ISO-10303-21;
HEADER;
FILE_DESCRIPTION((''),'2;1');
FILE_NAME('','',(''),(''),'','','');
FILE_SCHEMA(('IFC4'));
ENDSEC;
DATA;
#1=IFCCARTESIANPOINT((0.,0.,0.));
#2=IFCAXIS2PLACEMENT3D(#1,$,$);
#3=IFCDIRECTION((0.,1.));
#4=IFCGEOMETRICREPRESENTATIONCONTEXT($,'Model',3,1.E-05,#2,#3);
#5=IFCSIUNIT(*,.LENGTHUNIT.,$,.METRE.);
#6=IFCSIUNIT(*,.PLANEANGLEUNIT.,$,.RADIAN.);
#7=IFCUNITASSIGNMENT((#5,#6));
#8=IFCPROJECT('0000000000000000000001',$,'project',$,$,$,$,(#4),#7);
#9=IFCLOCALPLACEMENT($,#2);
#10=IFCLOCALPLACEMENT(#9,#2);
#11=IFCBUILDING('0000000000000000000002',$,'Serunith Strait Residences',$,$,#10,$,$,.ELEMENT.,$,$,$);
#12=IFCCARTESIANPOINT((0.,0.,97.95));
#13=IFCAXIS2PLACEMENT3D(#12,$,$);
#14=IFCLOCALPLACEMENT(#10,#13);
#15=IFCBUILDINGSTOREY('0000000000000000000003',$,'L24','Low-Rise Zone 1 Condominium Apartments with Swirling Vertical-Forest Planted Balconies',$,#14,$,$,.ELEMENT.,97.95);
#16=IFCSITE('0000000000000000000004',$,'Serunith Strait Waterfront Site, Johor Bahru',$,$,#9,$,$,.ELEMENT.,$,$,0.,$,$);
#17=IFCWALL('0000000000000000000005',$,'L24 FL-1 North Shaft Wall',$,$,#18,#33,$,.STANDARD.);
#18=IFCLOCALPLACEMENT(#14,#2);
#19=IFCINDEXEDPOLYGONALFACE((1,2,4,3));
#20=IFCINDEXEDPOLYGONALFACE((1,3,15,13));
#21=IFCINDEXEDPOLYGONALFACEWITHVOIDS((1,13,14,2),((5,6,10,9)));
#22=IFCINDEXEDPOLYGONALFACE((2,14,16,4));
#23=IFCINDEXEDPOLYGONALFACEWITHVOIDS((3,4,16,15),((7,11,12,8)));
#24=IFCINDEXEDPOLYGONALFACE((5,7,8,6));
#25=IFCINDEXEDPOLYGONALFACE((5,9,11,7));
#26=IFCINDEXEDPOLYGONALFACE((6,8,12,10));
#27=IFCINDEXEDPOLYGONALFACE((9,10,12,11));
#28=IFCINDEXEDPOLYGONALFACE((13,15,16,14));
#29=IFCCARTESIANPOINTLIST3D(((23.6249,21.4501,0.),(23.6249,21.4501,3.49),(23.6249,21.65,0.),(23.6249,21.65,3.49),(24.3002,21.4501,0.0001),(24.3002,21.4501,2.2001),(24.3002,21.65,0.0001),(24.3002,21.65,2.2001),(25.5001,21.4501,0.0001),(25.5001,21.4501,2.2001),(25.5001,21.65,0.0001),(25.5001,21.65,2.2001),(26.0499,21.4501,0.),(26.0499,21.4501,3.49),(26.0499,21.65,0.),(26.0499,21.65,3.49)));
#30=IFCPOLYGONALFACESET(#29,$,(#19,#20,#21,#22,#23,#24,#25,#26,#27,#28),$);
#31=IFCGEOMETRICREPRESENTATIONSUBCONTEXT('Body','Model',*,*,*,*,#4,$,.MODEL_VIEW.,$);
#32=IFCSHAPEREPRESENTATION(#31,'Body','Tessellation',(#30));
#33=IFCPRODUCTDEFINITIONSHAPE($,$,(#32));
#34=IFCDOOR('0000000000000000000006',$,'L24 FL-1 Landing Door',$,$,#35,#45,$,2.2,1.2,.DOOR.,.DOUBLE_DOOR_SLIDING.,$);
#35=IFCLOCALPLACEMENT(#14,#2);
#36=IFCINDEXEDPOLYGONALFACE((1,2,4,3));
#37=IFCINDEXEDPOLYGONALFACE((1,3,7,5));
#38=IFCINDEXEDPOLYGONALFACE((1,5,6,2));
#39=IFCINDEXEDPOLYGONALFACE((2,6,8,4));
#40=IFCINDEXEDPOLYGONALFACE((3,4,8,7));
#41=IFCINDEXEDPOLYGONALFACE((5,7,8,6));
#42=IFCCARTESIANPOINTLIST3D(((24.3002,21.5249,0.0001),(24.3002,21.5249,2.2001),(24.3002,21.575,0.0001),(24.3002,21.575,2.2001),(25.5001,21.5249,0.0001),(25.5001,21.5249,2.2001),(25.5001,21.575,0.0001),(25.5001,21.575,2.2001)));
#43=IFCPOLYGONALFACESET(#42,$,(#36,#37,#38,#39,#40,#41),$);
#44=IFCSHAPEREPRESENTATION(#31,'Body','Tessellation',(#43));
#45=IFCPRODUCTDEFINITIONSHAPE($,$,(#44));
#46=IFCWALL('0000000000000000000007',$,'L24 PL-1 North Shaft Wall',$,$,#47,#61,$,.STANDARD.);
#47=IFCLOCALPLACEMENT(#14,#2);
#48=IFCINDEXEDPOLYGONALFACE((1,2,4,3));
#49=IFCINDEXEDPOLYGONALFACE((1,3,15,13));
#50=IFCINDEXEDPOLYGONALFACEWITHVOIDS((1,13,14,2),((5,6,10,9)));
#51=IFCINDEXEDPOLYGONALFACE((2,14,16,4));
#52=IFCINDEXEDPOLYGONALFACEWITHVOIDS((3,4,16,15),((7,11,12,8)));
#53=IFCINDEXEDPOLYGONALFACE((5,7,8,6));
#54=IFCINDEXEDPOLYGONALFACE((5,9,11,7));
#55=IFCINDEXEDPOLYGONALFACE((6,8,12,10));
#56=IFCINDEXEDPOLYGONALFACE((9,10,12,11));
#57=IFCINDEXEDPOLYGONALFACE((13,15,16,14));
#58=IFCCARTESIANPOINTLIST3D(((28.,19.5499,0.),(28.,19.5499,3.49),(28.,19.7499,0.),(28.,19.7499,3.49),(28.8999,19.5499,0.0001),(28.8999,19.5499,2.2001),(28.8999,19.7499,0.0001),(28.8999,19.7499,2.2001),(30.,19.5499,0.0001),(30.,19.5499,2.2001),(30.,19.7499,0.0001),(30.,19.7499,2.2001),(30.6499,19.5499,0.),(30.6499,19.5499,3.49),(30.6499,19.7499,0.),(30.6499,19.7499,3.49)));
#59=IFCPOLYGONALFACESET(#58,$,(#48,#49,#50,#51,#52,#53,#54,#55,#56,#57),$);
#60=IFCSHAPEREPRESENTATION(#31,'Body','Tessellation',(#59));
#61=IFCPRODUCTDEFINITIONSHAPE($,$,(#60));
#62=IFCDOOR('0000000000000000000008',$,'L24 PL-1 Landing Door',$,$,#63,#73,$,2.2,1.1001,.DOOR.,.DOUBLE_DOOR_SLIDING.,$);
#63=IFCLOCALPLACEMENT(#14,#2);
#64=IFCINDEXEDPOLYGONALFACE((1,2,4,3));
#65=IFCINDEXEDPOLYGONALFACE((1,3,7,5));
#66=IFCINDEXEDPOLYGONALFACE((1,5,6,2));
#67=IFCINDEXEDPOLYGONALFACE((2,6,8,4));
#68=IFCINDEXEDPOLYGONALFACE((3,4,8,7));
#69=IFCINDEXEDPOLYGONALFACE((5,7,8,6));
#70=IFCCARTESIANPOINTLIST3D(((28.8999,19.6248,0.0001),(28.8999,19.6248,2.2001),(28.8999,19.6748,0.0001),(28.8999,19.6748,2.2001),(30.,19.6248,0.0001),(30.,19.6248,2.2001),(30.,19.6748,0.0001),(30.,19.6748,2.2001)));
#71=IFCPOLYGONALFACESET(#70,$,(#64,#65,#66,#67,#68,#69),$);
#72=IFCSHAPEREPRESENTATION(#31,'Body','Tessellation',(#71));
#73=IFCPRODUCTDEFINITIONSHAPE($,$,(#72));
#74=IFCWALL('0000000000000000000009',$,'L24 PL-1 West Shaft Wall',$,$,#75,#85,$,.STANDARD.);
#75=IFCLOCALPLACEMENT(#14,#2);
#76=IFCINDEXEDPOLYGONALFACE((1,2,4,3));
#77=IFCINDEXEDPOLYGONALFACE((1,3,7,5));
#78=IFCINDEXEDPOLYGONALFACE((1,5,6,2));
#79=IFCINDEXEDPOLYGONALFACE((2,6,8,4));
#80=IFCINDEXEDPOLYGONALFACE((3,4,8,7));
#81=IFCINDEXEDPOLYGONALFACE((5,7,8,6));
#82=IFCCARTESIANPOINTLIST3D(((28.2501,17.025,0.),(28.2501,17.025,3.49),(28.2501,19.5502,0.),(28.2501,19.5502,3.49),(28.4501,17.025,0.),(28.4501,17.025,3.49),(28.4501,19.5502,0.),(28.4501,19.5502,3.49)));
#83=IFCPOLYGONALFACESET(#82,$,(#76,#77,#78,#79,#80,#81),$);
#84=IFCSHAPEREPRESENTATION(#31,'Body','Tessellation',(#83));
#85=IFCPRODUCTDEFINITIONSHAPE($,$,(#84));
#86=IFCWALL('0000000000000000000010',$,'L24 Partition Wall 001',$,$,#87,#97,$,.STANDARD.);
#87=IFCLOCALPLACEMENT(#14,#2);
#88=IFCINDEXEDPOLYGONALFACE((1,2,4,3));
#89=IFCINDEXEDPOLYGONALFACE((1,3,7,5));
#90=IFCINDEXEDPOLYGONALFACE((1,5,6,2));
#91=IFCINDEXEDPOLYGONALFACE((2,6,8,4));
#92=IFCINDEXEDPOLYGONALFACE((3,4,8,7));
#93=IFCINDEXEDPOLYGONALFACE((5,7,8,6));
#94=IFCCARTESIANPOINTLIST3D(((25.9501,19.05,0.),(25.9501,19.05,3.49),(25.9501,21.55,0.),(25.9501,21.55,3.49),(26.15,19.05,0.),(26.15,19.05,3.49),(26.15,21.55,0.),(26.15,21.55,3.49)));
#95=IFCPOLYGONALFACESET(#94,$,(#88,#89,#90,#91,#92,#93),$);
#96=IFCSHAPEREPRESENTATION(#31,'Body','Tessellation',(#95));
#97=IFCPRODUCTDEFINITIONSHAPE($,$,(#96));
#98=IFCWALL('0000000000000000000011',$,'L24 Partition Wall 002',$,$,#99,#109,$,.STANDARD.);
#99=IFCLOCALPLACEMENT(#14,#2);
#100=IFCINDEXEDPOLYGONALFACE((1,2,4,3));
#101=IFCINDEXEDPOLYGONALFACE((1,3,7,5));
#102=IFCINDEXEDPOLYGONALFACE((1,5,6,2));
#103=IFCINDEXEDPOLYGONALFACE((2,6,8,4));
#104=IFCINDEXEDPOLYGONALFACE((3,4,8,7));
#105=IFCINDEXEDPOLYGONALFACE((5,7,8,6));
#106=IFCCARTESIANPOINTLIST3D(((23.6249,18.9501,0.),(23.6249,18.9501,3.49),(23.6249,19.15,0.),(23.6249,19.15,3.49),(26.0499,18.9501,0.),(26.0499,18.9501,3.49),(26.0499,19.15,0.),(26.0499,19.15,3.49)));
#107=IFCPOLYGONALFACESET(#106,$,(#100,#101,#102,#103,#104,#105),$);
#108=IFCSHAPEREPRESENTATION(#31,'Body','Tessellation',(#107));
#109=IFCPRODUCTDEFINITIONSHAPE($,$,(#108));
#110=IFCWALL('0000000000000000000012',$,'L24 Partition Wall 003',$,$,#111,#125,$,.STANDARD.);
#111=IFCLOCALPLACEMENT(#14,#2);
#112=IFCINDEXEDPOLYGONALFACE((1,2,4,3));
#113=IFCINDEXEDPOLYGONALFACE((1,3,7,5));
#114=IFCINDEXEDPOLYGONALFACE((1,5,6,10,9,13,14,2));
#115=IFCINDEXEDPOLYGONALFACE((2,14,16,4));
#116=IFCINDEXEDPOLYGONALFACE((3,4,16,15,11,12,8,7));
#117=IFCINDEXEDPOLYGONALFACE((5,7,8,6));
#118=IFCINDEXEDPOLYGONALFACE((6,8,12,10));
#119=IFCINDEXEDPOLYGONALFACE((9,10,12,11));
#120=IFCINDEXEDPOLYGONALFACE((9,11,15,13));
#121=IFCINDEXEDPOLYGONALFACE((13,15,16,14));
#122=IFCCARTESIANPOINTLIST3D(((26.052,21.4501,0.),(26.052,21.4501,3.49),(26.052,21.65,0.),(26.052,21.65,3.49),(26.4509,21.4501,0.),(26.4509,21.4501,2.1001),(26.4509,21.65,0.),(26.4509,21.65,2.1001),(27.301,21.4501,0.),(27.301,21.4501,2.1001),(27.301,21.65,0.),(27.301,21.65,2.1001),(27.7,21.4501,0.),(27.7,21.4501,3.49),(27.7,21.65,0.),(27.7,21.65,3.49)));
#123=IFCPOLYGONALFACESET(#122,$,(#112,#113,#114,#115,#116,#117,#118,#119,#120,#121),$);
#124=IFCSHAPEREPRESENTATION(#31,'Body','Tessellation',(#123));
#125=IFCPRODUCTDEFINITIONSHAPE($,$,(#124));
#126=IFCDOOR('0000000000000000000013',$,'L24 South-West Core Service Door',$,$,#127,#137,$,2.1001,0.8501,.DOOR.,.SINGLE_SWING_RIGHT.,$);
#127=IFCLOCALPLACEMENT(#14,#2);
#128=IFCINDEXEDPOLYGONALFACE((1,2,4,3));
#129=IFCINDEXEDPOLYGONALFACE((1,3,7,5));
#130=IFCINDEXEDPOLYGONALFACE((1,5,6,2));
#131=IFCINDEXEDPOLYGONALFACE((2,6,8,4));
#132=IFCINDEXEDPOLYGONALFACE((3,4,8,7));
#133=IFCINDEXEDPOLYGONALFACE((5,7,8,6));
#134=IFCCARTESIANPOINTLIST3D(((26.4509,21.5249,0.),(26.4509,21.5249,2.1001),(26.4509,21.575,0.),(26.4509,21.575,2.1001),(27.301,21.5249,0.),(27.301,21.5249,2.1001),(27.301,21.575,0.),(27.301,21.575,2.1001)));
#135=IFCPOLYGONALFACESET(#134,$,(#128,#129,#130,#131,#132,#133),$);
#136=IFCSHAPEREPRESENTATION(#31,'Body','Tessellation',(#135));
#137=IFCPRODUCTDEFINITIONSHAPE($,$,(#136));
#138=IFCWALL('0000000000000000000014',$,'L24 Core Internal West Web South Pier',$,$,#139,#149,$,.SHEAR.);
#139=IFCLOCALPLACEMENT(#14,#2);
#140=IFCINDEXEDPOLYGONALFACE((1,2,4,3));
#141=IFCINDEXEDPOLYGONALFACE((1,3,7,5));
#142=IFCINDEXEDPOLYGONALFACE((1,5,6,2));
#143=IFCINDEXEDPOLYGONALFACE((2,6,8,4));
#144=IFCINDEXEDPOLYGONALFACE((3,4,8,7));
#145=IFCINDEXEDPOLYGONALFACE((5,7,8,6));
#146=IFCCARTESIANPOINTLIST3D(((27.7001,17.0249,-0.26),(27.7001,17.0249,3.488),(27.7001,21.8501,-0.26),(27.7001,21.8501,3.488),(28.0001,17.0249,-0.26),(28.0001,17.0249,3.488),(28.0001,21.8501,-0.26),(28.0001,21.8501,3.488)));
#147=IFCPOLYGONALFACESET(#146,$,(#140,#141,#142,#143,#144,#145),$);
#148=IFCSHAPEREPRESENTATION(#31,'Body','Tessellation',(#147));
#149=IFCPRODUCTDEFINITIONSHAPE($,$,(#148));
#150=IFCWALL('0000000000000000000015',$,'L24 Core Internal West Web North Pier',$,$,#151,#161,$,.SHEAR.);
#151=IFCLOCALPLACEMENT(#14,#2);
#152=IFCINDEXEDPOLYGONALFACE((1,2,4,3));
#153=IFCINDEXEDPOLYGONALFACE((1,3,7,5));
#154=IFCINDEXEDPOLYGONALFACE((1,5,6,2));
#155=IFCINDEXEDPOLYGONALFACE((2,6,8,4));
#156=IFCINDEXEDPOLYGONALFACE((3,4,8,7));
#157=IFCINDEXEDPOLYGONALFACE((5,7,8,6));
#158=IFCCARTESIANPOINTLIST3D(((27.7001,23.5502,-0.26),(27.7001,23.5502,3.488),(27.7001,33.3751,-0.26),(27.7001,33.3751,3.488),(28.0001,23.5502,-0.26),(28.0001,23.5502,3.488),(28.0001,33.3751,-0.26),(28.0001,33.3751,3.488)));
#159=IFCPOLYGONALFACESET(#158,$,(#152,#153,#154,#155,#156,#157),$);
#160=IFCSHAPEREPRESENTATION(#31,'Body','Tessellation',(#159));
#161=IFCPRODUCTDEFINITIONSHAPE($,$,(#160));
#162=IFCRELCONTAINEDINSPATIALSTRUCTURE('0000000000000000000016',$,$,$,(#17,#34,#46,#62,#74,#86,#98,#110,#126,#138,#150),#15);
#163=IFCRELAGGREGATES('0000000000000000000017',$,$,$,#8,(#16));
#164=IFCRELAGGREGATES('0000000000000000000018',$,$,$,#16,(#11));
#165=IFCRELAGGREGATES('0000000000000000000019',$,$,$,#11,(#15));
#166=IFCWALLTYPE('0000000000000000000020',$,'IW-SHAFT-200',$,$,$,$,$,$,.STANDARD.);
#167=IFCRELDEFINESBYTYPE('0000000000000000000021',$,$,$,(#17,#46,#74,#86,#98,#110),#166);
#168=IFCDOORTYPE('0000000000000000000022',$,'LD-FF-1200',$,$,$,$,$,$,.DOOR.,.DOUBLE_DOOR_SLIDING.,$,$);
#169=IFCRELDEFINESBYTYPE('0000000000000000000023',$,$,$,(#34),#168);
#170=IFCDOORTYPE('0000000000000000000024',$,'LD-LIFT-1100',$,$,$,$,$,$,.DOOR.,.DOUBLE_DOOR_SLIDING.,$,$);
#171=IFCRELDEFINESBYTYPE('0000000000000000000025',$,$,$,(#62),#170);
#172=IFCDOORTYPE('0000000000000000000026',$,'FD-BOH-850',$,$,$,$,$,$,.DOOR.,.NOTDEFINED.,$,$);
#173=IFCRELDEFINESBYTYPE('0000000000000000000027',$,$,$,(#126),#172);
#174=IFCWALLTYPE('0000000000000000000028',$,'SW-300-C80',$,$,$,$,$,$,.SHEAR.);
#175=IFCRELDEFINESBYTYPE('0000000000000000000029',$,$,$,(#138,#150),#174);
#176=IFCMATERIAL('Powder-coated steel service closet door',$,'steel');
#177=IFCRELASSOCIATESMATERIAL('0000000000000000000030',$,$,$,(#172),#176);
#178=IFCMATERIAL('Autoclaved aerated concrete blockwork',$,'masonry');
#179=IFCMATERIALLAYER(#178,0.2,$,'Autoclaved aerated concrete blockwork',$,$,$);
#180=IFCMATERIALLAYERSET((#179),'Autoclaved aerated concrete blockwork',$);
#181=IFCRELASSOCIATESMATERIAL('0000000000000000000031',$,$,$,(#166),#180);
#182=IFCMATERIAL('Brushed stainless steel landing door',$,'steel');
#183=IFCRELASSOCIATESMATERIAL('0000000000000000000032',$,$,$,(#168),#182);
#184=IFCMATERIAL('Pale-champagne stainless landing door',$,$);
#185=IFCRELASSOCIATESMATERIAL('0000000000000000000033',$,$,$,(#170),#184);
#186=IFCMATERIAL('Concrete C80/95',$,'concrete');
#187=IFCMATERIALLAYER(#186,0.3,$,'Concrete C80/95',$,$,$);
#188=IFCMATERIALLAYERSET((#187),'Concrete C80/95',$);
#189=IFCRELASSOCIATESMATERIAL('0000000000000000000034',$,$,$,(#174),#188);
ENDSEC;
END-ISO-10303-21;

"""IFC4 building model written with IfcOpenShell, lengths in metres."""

from ifc_helpers import new_model, si_unit, direction, frame, frame_2d, origin, place, context, subcontext, project, spatial, rectangle, extrude, source, transform, mapped, material, layer, layer_set, type_object, element, fill, save


model = new_model("IFC4")

# Units and contexts
model_context = context("Model", 3, precision=1e-05, world=origin(), true_north=direction((0.0, 1.0)))
body_context = subcontext(model_context, "Body", "Model", "MODEL_VIEW")
ifc_project = project(units=[si_unit("LENGTHUNIT", "METRE"), si_unit("PLANEANGLEUNIT", "RADIAN")], contexts=[model_context])

# Site, building, storey
site_placement = place(None, origin())
site = spatial("IfcSite", under=ifc_project, at=site_placement, Name="Serunith Strait Waterfront Site, Johor Bahru", CompositionType="ELEMENT", RefElevation=0.0)
building_placement = place(site_placement, origin())
building = spatial("IfcBuilding", under=site, at=building_placement, Name="Serunith Strait Residences", CompositionType="ELEMENT")
storey_placement = place(building_placement, frame((0.0, 0.0, 97.95)))
storey = spatial("IfcBuildingStorey", under=building, at=storey_placement, Name="L24", Description="Low-Rise Zone 1 Condominium Apartments with Swirling Vertical-Forest Planted Balconies", CompositionType="ELEMENT", Elevation=97.95)

# Walls, openings, doors
ifc_material_1 = material(Name="Powder-coated steel service closet door", Category="steel")
door_type_1 = type_object("IfcDoorType", Name="FD-BOH-850", OperationType="NOTDEFINED", PredefinedType="DOOR", material=ifc_material_1)
shared_shape_1 = source(origin(), body_context, "Body", "SweptSolid", [
    extrude(rectangle(XDim=0.8501, YDim=2.1001, at=frame_2d((0.425, 1.05))), frame((0.0, 0.0249, 0.0), z_axis=(0.0, -1.0, 0.0), x_axis=(1.0, 0.0, 0.0)), (0.0, 0.0, 1.0), 0.05),
])
ifc_material_2 = material(Name="Autoclaved aerated concrete blockwork", Category="masonry")
ifc_layer_1 = layer(ifc_material_2, 0.2, Name="Autoclaved aerated concrete blockwork")
ifc_layer_set_1 = layer_set([ifc_layer_1], Name="Autoclaved aerated concrete blockwork")
wall_type_1 = type_object("IfcWallType", Name="IW-SHAFT-200", PredefinedType="STANDARD", material=ifc_layer_set_1)
wall_1_placement = place(storey_placement, frame((23.625, 21.55, 0.0), z_axis=(0.0, 0.0, 1.0), x_axis=(1.0, 0.0, 0.0)))
wall_1 = element("IfcWall", 1, at=wall_1_placement, inside=storey, type_object=wall_type_1, Name="L24 FL-1 North Shaft Wall", PredefinedType="STANDARD", context=body_context, shape_type="SweptSolid", body=[
    extrude(rectangle(XDim=2.425, YDim=0.2, at=frame_2d((1.2124, 0.0))), origin(), (0.0, 0.0, 1.0), 3.49),
])
opening_1_placement = place(wall_1_placement, frame((0.675, 0.0, 0.0)))
opening_1 = element("IfcOpeningElement", 2, at=opening_1_placement, cuts=wall_1, PredefinedType="OPENING", context=body_context, shape_type="SweptSolid", body=[
    extrude(rectangle(XDim=1.2, YDim=2.2, at=frame_2d((0.6001, 1.1001))), frame((0.0, 0.1099, 0.0), z_axis=(0.0, -1.0, 0.0), x_axis=(1.0, 0.0, 0.0)), (0.0, 0.0, 1.0), 0.22),
])
ifc_material_3 = material(Name="Brushed stainless steel landing door", Category="steel")
door_type_2 = type_object("IfcDoorType", Name="LD-FF-1200", OperationType="DOUBLE_DOOR_SLIDING", PredefinedType="DOOR", material=ifc_material_3)
shared_shape_2 = source(origin(), body_context, "Body", "SweptSolid", [
    extrude(rectangle(XDim=1.2, YDim=2.2, at=frame_2d((0.6001, 1.1001))), frame((0.0, 0.0249, 0.0), z_axis=(0.0, -1.0, 0.0), x_axis=(1.0, 0.0, 0.0)), (0.0, 0.0, 1.0), 0.05),
])
door_1_placement = place(opening_1_placement, origin())
door_1 = element("IfcDoor", 3, at=door_1_placement, inside=storey, type_object=door_type_2, Name="L24 FL-1 Landing Door", OperationType="DOUBLE_DOOR_SLIDING", OverallHeight=2.2, OverallWidth=1.2, PredefinedType="DOOR", context=body_context, shape_type="MappedRepresentation", body=[
    mapped(shared_shape_2, transform((0.0, 0.0, 0.0), scale=1.0)),
])
fill(opening_1, door_1)
wall_2_placement = place(storey_placement, frame((28.0, 19.6499, 0.0), z_axis=(0.0, 0.0, 1.0), x_axis=(1.0, 0.0, 0.0)))
wall_2 = element("IfcWall", 4, at=wall_2_placement, inside=storey, type_object=wall_type_1, Name="L24 PL-1 North Shaft Wall", PredefinedType="STANDARD", context=body_context, shape_type="SweptSolid", body=[
    extrude(rectangle(XDim=2.6499, YDim=0.2, at=frame_2d((1.325, 0.0))), origin(), (0.0, 0.0, 1.0), 3.49),
])
opening_2_placement = place(wall_2_placement, frame((0.8999, 0.0, 0.0)))
opening_2 = element("IfcOpeningElement", 5, at=opening_2_placement, cuts=wall_2, PredefinedType="OPENING", context=body_context, shape_type="SweptSolid", body=[
    extrude(rectangle(XDim=1.1001, YDim=2.2, at=frame_2d((0.55, 1.1001))), frame((0.0, 0.1099, 0.0), z_axis=(0.0, -1.0, 0.0), x_axis=(1.0, 0.0, 0.0)), (0.0, 0.0, 1.0), 0.22),
])
ifc_material_4 = material(Name="Pale-champagne stainless landing door")
door_type_3 = type_object("IfcDoorType", Name="LD-LIFT-1100", OperationType="DOUBLE_DOOR_SLIDING", PredefinedType="DOOR", material=ifc_material_4)
shared_shape_3 = source(origin(), body_context, "Body", "SweptSolid", [
    extrude(rectangle(XDim=1.1001, YDim=2.2, at=frame_2d((0.55, 1.1001))), frame((0.0, 0.0249, 0.0), z_axis=(0.0, -1.0, 0.0), x_axis=(1.0, 0.0, 0.0)), (0.0, 0.0, 1.0), 0.05),
])
door_2_placement = place(opening_2_placement, origin())
door_2 = element("IfcDoor", 6, at=door_2_placement, inside=storey, type_object=door_type_3, Name="L24 PL-1 Landing Door", OperationType="DOUBLE_DOOR_SLIDING", OverallHeight=2.2, OverallWidth=1.1001, PredefinedType="DOOR", context=body_context, shape_type="MappedRepresentation", body=[
    mapped(shared_shape_3, transform((0.0, 0.0, 0.0), scale=1.0)),
])
fill(opening_2, door_2)

# Walls
wall_3_placement = place(storey_placement, frame((28.3501, 17.0249, 0.0), z_axis=(0.0, 0.0, 1.0), x_axis=(0.0, 1.0, 0.0)))
element("IfcWall", 7, at=wall_3_placement, inside=storey, type_object=wall_type_1, Name="L24 PL-1 West Shaft Wall", PredefinedType="STANDARD", context=body_context, shape_type="SweptSolid", body=[
    extrude(rectangle(XDim=2.5251, YDim=0.2, at=frame_2d((1.2627, 0.0))), origin(), (0.0, 0.0, 1.0), 3.49),
])
wall_4_placement = place(storey_placement, frame((26.05, 19.05, 0.0), z_axis=(0.0, 0.0, 1.0), x_axis=(0.0, 1.0, 0.0)))
element("IfcWall", 8, at=wall_4_placement, inside=storey, type_object=wall_type_1, Name="L24 Partition Wall 001", PredefinedType="STANDARD", context=body_context, shape_type="SweptSolid", body=[
    extrude(rectangle(XDim=2.5, YDim=0.2, at=frame_2d((1.25, 0.0))), origin(), (0.0, 0.0, 1.0), 3.49),
])
wall_5_placement = place(storey_placement, frame((23.625, 19.05, 0.0), z_axis=(0.0, 0.0, 1.0), x_axis=(1.0, 0.0, 0.0)))
element("IfcWall", 9, at=wall_5_placement, inside=storey, type_object=wall_type_1, Name="L24 Partition Wall 002", PredefinedType="STANDARD", context=body_context, shape_type="SweptSolid", body=[
    extrude(rectangle(XDim=2.425, YDim=0.2, at=frame_2d((1.2124, 0.0))), origin(), (0.0, 0.0, 1.0), 3.49),
])

# Wall, opening, door
wall_6_placement = place(storey_placement, frame((26.052, 21.55, 0.0), z_axis=(0.0, 0.0, 1.0), x_axis=(1.0, 0.0, 0.0)))
wall_6 = element("IfcWall", 10, at=wall_6_placement, inside=storey, type_object=wall_type_1, Name="L24 Partition Wall 003", PredefinedType="STANDARD", context=body_context, shape_type="SweptSolid", body=[
    extrude(rectangle(XDim=1.6479, YDim=0.2, at=frame_2d((0.824, 0.0))), origin(), (0.0, 0.0, 1.0), 3.49),
])
opening_3_placement = place(wall_6_placement, frame((0.3989, 0.0, 0.0)))
opening_3 = element("IfcOpeningElement", 11, at=opening_3_placement, cuts=wall_6, PredefinedType="OPENING", context=body_context, shape_type="SweptSolid", body=[
    extrude(rectangle(XDim=0.8501, YDim=2.1001, at=frame_2d((0.425, 1.05))), frame((0.0, 0.1099, 0.0), z_axis=(0.0, -1.0, 0.0), x_axis=(1.0, 0.0, 0.0)), (0.0, 0.0, 1.0), 0.22),
])
door_3_placement = place(opening_3_placement, origin())
door_3 = element("IfcDoor", 12, at=door_3_placement, inside=storey, type_object=door_type_1, Name="L24 South-West Core Service Door", OperationType="SINGLE_SWING_RIGHT", OverallHeight=2.1001, OverallWidth=0.8501, PredefinedType="DOOR", context=body_context, shape_type="MappedRepresentation", body=[
    mapped(shared_shape_1, transform((0.0, 0.0, 0.0), scale=1.0)),
])
fill(opening_3, door_3)

# Walls
ifc_material_5 = material(Name="Concrete C80/95", Category="concrete")
ifc_layer_2 = layer(ifc_material_5, 0.3, Name="Concrete C80/95")
ifc_layer_set_2 = layer_set([ifc_layer_2], Name="Concrete C80/95")
wall_type_2 = type_object("IfcWallType", Name="SW-300-C80", PredefinedType="SHEAR", material=ifc_layer_set_2)
wall_7_placement = place(storey_placement, frame((27.8501, 17.0249, -0.26), z_axis=(0.0, 0.0, 1.0), x_axis=(0.0, 1.0, 0.0)))
element("IfcWall", 13, at=wall_7_placement, inside=storey, type_object=wall_type_2, Name="L24 Core Internal West Web South Pier", PredefinedType="SHEAR", context=body_context, shape_type="SweptSolid", body=[
    extrude(rectangle(XDim=4.8252, YDim=0.3, at=frame_2d((2.4126, 0.0))), origin(), (0.0, 0.0, 1.0), 3.748),
])
wall_8_placement = place(storey_placement, frame((27.8501, 23.55, -0.26), z_axis=(0.0, 0.0, 1.0), x_axis=(0.0, 1.0, 0.0)))
element("IfcWall", 14, at=wall_8_placement, inside=storey, type_object=wall_type_2, Name="L24 Core Internal West Web North Pier", PredefinedType="SHEAR", context=body_context, shape_type="SweptSolid", body=[
    extrude(rectangle(XDim=9.825, YDim=0.3, at=frame_2d((4.9126, 0.0))), origin(), (0.0, 0.0, 1.0), 3.748),
])

save(model, "model.ifc")
